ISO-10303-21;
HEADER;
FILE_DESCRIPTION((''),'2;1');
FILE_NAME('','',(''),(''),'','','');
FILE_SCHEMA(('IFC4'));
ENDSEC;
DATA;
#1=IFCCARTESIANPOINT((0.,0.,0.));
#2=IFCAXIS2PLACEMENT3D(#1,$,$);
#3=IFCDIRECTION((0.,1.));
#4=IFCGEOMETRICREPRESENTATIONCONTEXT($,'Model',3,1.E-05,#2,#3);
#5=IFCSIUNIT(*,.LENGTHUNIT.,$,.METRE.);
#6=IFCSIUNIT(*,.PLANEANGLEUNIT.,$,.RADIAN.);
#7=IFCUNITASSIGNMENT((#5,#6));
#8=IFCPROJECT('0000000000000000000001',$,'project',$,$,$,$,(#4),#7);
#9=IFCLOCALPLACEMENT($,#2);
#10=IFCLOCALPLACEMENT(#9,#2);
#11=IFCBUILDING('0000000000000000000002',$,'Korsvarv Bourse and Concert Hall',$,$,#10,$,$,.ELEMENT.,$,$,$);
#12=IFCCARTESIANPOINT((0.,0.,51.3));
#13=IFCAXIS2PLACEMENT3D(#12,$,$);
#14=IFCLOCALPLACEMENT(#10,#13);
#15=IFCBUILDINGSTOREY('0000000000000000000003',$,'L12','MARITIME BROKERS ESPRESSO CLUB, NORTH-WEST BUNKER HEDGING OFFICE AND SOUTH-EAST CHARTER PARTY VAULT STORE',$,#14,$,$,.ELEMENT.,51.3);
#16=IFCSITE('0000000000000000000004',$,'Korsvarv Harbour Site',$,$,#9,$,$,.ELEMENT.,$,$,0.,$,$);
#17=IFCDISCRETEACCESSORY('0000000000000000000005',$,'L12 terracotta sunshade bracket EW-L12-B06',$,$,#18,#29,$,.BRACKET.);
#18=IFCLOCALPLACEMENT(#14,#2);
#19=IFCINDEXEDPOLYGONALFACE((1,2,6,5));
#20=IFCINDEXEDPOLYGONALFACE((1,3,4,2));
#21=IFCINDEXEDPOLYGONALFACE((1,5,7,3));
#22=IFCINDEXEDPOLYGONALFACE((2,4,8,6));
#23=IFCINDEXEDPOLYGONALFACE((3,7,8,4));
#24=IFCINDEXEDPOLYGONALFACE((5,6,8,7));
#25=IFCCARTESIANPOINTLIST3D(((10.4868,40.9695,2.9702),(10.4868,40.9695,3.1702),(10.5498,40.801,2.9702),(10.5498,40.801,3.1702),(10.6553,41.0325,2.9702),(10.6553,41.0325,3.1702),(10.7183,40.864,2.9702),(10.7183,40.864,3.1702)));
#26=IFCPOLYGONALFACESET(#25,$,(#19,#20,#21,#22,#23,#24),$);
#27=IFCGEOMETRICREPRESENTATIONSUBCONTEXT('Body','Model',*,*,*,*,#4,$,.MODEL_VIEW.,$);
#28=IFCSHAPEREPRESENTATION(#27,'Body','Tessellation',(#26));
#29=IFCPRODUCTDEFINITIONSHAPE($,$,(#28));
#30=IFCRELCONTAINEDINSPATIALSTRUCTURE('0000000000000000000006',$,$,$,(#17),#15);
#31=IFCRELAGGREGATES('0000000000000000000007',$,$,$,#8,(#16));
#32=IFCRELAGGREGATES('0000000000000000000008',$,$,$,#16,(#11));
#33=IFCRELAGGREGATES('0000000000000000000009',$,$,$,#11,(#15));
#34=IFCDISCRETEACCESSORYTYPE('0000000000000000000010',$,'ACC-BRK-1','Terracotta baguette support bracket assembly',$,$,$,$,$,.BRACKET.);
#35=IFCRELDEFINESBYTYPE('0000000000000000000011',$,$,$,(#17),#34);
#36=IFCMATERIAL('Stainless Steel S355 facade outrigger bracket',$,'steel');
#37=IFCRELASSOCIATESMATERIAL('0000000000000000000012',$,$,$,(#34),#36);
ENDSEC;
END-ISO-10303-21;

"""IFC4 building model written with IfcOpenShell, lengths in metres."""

from ifc_helpers import new_model, si_unit, direction, frame, origin, origin_2d, place, context, subcontext, project, spatial, rectangle, extrude, source, transform, mapped, material, type_object, element, save


model = new_model("IFC4")

# Units and contexts
model_context = context("Model", 3, precision=1e-05, world=origin(), true_north=direction((0.0, 1.0)))
body_context = subcontext(model_context, "Body", "Model", "MODEL_VIEW")
ifc_project = project(units=[si_unit("LENGTHUNIT", "METRE"), si_unit("PLANEANGLEUNIT", "RADIAN")], contexts=[model_context])

# Site, building, storey
site_placement = place(None, origin())
site = spatial("IfcSite", under=ifc_project, at=site_placement, Name="Korsvarv Harbour Site", CompositionType="ELEMENT", RefElevation=0.0)
building_placement = place(site_placement, origin())
building = spatial("IfcBuilding", under=site, at=building_placement, Name="Korsvarv Bourse and Concert Hall", CompositionType="ELEMENT")
storey_placement = place(building_placement, frame((0.0, 0.0, 51.3)))
storey = spatial("IfcBuildingStorey", under=building, at=storey_placement, Name="L12", Description="MARITIME BROKERS ESPRESSO CLUB, NORTH-WEST BUNKER HEDGING OFFICE AND SOUTH-EAST CHARTER PARTY VAULT STORE", CompositionType="ELEMENT", Elevation=51.3)

# Discrete accessory
ifc_material_1 = material(Name="Stainless Steel S355 facade outrigger bracket", Category="steel")
discrete_accessory_type = type_object("IfcDiscreteAccessoryType", Name="ACC-BRK-1", Description="Terracotta baguette support bracket assembly", PredefinedType="BRACKET", material=ifc_material_1)
shared_shape_1 = source(origin(), body_context, "Body", "SweptSolid", [
    extrude(rectangle(XDim=0.1799, YDim=0.1799, at=origin_2d()), origin(), (0.0, 0.0, 1.0), 0.2),
])
discrete_accessory_placement = place(storey_placement, frame((10.6025, 40.9167, 2.9702), z_axis=(0.0, 0.0, 1.0), x_axis=(0.350207, -0.936672, 0.0)))
element("IfcDiscreteAccessory", 1, at=discrete_accessory_placement, inside=storey, type_object=discrete_accessory_type, Name="L12 terracotta sunshade bracket EW-L12-B06", PredefinedType="BRACKET", context=body_context, shape_type="MappedRepresentation", body=[
    mapped(shared_shape_1, transform((0.0, 0.0, 0.0), scale=1.0)),
])

save(model, "model.ifc")
